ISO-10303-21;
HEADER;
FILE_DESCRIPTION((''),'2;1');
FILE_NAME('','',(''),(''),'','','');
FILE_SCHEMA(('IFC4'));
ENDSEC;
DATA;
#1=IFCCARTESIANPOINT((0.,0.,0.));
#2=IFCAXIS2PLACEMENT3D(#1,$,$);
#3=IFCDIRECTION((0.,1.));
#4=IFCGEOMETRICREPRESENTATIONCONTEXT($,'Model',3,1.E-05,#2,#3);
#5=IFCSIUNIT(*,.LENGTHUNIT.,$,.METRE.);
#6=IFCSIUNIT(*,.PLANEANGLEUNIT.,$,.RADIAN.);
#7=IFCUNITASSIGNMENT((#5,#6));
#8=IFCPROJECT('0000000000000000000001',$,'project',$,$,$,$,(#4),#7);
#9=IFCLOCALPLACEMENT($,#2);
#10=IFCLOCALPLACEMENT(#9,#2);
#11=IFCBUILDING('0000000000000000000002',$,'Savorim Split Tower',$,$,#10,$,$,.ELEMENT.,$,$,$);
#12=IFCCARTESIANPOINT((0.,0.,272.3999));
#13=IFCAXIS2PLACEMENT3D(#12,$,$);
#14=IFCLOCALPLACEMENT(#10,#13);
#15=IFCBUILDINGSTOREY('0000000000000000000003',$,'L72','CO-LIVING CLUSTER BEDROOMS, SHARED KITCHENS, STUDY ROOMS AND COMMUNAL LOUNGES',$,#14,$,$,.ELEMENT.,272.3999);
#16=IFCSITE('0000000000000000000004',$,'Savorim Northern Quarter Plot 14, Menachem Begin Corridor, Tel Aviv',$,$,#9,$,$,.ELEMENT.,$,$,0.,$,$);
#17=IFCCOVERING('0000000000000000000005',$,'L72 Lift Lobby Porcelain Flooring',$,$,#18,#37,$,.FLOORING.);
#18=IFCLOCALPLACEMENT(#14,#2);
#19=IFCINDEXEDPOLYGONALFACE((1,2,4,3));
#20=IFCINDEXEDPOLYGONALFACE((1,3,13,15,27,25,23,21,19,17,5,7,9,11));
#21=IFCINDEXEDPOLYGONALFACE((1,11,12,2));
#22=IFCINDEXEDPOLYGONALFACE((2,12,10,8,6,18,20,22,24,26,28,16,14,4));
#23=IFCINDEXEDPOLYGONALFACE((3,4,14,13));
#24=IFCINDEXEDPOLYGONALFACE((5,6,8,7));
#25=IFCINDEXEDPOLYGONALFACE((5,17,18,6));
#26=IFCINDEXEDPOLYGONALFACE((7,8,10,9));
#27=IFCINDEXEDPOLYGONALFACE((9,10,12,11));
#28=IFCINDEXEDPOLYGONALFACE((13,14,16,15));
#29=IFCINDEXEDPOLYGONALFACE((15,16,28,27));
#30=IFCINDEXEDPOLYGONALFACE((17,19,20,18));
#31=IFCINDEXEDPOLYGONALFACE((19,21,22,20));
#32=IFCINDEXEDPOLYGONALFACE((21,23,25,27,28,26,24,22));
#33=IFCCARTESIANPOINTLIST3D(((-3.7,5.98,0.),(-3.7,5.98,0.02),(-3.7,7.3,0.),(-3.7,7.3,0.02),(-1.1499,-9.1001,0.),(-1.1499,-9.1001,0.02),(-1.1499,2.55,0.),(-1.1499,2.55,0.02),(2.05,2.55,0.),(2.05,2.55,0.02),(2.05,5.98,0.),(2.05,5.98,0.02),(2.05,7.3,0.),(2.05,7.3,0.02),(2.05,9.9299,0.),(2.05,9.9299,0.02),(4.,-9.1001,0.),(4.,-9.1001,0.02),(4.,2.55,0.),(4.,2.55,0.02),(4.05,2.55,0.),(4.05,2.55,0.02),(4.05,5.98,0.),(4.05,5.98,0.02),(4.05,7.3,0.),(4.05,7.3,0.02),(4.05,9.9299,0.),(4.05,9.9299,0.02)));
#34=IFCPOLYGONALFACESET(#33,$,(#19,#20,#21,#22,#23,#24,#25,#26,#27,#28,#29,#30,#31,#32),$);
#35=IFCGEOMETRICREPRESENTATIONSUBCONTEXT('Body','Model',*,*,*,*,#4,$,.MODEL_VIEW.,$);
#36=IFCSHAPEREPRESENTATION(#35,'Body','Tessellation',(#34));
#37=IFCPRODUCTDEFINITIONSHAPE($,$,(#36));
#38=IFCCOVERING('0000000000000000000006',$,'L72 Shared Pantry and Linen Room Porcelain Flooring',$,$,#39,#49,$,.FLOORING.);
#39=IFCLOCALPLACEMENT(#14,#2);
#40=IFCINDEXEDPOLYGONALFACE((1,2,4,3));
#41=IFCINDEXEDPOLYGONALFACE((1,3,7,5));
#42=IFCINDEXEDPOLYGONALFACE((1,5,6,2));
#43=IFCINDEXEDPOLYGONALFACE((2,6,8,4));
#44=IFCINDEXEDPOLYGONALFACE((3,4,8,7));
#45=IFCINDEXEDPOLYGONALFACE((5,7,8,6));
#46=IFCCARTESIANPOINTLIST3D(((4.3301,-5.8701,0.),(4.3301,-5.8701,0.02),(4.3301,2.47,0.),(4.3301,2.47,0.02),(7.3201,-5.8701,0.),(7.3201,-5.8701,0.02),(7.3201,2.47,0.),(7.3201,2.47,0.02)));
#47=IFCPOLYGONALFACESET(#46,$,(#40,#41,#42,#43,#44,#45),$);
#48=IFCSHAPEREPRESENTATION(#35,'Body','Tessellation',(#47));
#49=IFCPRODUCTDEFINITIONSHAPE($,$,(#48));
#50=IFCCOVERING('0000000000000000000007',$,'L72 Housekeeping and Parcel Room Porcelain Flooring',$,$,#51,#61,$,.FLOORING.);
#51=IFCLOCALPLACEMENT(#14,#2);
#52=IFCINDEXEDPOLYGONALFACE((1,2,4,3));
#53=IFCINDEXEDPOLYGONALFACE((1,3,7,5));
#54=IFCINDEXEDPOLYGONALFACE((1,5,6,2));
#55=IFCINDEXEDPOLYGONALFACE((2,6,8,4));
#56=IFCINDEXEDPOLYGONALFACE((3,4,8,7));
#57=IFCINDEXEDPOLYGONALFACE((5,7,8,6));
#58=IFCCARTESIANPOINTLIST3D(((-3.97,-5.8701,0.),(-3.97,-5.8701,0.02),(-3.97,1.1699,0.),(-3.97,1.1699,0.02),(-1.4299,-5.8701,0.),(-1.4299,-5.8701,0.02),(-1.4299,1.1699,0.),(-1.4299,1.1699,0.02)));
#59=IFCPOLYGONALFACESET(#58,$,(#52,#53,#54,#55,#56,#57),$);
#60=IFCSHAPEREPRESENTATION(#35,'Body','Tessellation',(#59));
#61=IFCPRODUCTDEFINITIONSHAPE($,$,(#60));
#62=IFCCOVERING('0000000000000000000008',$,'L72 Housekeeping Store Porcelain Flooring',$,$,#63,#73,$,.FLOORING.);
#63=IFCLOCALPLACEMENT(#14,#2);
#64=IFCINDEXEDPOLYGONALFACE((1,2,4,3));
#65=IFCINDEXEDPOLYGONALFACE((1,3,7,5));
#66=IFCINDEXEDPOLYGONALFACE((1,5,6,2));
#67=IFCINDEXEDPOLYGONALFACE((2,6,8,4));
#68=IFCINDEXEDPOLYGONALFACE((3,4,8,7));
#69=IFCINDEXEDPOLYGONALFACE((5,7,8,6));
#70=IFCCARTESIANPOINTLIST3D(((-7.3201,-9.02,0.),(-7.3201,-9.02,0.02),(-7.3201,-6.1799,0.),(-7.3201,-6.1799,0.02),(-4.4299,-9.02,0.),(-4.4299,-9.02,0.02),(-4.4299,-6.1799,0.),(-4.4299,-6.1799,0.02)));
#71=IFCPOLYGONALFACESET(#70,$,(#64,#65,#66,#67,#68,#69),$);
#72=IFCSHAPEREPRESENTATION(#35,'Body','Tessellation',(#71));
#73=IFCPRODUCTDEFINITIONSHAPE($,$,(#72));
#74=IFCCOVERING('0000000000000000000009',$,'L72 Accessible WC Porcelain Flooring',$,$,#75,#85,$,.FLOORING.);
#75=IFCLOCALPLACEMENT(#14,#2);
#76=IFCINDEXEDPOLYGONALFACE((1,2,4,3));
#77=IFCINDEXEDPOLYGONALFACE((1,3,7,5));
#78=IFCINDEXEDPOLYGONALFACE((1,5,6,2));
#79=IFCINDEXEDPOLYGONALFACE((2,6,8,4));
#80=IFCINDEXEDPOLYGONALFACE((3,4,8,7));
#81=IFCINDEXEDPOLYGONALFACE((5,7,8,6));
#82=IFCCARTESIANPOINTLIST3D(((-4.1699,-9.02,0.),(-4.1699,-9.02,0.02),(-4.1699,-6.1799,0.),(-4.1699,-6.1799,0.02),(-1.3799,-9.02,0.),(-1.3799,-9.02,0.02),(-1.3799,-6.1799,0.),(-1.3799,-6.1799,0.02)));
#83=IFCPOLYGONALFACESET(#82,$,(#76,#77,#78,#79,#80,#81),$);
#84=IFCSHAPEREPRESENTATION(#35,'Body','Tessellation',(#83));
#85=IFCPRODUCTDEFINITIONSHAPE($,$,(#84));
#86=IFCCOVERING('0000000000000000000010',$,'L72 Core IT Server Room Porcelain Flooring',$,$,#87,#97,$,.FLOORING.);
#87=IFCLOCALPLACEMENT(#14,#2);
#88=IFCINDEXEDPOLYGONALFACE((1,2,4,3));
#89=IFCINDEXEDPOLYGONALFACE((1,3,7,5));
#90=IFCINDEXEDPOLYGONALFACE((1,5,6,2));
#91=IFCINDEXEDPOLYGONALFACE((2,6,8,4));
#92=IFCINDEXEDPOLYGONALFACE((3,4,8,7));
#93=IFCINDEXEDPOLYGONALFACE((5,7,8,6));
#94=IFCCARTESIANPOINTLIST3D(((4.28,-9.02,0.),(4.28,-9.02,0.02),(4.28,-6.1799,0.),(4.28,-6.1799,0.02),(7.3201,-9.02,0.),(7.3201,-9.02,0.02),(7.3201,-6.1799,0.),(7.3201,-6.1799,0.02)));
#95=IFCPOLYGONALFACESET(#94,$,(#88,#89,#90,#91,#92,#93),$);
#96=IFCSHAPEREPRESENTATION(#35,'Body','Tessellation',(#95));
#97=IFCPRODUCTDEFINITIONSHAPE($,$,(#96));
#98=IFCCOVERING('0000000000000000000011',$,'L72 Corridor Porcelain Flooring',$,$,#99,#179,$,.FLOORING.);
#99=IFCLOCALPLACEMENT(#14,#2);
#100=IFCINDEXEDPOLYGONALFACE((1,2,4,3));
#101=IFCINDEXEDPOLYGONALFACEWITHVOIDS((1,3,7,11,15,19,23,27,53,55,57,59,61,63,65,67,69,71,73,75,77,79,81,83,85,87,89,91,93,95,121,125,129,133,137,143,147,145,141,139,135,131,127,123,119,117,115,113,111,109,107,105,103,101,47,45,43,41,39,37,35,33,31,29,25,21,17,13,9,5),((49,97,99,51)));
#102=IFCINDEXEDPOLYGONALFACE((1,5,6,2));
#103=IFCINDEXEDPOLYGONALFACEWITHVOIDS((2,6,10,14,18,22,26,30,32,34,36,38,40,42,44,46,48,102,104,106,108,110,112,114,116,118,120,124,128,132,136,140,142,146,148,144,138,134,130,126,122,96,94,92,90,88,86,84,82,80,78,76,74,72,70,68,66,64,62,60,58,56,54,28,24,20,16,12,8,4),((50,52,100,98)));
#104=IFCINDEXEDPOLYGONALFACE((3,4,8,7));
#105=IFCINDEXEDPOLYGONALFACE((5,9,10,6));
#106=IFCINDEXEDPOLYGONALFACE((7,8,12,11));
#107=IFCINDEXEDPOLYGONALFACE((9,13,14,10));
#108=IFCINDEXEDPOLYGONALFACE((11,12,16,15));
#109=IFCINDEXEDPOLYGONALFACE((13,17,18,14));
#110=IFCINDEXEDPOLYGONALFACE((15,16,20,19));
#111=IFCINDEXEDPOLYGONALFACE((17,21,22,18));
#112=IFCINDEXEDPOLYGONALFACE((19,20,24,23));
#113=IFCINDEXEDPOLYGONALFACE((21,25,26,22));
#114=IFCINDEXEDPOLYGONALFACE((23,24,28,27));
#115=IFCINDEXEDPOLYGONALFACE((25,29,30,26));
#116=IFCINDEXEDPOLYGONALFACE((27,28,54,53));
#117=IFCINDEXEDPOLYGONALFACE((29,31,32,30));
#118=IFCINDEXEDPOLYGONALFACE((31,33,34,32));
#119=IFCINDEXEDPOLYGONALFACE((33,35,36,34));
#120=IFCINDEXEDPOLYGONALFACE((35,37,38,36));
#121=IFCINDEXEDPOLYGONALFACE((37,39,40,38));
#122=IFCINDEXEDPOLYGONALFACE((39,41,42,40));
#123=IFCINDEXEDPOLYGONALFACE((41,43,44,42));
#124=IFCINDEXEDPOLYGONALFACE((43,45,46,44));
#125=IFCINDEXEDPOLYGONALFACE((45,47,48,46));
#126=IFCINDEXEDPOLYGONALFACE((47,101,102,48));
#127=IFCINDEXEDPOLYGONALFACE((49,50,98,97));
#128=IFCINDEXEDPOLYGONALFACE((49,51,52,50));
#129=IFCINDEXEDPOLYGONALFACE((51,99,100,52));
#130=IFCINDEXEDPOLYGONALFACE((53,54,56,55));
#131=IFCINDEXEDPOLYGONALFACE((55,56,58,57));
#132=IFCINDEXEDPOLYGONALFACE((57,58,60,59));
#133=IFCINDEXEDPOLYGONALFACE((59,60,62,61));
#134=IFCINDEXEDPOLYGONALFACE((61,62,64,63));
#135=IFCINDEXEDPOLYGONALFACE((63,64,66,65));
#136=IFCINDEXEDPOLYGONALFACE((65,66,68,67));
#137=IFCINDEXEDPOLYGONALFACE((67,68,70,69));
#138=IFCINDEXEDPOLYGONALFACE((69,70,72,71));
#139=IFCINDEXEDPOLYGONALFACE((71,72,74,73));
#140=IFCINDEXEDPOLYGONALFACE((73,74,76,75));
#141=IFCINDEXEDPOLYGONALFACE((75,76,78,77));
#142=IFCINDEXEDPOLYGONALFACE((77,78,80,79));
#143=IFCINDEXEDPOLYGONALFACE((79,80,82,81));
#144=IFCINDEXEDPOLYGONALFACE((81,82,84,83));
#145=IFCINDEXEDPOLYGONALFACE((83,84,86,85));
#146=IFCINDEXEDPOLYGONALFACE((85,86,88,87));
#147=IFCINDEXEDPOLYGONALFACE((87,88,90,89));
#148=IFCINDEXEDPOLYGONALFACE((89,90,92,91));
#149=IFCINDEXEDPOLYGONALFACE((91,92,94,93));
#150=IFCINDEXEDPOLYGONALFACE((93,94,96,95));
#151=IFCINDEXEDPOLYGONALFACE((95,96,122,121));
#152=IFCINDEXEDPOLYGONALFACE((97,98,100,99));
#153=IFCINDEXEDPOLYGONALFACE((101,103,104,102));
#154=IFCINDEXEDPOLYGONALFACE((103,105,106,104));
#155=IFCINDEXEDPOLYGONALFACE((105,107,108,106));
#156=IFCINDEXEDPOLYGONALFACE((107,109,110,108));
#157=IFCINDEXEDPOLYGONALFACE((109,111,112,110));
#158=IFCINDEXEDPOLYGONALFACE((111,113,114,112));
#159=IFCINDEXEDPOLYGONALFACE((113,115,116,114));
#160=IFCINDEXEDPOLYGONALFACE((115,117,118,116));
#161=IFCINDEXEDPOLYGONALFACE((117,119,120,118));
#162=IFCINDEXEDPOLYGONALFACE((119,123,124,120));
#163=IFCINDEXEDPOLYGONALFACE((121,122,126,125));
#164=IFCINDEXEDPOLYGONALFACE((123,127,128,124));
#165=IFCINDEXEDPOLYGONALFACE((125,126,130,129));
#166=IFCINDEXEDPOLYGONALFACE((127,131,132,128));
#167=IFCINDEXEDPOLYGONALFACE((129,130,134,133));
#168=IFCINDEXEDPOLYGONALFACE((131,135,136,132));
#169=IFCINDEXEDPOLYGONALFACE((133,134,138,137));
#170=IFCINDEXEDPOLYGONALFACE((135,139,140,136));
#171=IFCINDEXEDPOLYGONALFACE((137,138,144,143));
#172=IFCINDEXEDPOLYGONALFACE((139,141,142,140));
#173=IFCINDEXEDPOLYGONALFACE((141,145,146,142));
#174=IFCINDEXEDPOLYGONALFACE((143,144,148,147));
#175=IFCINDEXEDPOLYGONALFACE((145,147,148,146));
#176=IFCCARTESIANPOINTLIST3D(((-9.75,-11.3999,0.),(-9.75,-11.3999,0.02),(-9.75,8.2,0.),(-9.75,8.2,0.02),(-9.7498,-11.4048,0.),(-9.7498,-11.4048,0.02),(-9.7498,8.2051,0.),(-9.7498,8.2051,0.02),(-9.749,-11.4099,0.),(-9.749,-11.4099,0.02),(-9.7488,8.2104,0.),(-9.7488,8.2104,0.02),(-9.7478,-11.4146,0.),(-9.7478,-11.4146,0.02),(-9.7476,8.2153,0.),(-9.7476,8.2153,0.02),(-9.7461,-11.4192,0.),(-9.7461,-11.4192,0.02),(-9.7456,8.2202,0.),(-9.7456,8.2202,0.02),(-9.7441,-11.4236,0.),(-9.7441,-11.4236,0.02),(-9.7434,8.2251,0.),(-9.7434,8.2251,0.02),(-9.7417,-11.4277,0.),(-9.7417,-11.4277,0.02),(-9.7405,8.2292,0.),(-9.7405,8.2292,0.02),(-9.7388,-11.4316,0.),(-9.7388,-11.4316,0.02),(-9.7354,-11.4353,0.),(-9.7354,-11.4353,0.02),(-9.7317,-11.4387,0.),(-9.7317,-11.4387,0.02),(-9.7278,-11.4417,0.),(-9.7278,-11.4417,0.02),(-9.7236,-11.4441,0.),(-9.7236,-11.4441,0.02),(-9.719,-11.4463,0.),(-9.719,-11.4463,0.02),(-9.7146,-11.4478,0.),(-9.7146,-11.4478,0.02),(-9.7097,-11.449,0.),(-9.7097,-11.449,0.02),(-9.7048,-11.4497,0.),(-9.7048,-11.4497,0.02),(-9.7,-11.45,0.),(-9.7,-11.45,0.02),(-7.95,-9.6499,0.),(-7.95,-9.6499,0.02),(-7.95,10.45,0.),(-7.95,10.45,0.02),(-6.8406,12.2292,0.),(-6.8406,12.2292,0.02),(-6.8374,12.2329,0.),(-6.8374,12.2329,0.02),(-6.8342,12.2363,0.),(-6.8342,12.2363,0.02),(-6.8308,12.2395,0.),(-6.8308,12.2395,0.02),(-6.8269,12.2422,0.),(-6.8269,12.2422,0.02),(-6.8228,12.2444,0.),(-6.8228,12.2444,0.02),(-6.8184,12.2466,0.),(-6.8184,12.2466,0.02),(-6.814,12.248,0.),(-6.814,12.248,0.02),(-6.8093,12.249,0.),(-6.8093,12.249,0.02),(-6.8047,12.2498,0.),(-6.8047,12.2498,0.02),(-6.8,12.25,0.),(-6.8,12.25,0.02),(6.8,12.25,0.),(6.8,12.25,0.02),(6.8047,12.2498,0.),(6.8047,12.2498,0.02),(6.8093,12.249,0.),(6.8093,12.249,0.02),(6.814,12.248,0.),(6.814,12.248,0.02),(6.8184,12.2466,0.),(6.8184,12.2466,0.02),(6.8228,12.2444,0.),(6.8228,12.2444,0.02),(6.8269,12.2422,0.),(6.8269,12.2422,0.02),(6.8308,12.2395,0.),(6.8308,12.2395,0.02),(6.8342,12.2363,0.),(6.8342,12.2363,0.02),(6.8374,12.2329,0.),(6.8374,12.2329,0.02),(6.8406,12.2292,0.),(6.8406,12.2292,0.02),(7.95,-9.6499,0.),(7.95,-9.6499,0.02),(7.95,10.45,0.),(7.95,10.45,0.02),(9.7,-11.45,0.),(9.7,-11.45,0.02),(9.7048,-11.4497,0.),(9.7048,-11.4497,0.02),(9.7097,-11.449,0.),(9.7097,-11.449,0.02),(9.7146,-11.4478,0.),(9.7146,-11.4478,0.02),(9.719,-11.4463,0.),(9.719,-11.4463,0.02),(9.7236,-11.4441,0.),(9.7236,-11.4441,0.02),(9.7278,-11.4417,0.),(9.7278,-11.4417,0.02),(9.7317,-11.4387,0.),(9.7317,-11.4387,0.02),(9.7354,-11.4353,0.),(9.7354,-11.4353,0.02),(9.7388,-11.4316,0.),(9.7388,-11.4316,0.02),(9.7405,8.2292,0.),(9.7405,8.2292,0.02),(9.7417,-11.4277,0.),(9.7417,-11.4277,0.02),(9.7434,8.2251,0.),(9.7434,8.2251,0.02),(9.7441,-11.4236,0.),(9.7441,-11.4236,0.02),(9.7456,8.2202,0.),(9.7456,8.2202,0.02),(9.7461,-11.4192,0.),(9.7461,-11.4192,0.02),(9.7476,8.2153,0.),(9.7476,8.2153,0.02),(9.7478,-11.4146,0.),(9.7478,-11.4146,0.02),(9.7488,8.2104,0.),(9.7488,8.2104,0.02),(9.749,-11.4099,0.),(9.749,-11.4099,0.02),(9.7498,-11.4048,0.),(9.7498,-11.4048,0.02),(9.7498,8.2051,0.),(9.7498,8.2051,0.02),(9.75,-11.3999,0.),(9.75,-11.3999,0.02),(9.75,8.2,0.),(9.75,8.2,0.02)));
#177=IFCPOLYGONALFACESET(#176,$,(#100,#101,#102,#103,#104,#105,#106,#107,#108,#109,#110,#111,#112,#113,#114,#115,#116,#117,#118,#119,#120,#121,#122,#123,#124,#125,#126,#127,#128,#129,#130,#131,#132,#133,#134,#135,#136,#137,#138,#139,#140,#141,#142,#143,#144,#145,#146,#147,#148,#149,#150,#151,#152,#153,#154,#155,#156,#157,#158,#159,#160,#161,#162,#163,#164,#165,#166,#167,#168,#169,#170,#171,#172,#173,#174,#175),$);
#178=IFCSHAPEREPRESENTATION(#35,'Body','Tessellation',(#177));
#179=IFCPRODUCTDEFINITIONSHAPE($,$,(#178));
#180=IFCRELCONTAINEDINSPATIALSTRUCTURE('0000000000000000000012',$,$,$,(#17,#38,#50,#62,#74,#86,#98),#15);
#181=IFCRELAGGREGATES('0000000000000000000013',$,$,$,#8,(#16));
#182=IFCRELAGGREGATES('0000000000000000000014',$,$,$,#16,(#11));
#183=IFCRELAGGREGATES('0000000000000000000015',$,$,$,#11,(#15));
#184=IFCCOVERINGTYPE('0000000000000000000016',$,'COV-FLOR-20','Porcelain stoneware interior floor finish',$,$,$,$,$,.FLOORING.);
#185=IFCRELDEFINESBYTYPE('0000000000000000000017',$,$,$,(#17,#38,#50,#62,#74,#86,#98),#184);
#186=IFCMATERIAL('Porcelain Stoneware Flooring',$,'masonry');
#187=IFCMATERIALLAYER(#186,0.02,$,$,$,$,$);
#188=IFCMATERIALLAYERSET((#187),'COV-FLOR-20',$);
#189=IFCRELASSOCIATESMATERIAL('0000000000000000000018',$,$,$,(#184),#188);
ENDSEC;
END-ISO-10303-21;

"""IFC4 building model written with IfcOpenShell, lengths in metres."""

from ifc_helpers import new_model, si_unit, direction, frame, origin, place, context, subcontext, project, spatial, polyline, outline, extrude, material, layer, layer_set, type_object, element, save


model = new_model("IFC4")

# Units and contexts
model_context = context("Model", 3, precision=1e-05, world=origin(), true_north=direction((0.0, 1.0)))
body_context = subcontext(model_context, "Body", "Model", "MODEL_VIEW")
ifc_project = project(units=[si_unit("LENGTHUNIT", "METRE"), si_unit("PLANEANGLEUNIT", "RADIAN")], contexts=[model_context])

# Site, building, storey
site_placement = place(None, origin())
site = spatial("IfcSite", under=ifc_project, at=site_placement, Name="Savorim Northern Quarter Plot 14, Menachem Begin Corridor, Tel Aviv", CompositionType="ELEMENT", RefElevation=0.0)
building_placement = place(site_placement, origin())
building = spatial("IfcBuilding", under=site, at=building_placement, Name="Savorim Split Tower", CompositionType="ELEMENT")
storey_placement = place(building_placement, frame((0.0, 0.0, 272.3999)))
storey = spatial("IfcBuildingStorey", under=building, at=storey_placement, Name="L72", Description="CO-LIVING CLUSTER BEDROOMS, SHARED KITCHENS, STUDY ROOMS AND COMMUNAL LOUNGES", CompositionType="ELEMENT", Elevation=272.3999)

# Coverings
ifc_material_1 = material(Name="Porcelain Stoneware Flooring", Category="masonry")
ifc_layer_1 = layer(ifc_material_1, 0.02)
ifc_layer_set_1 = layer_set([ifc_layer_1], Name="COV-FLOR-20")
covering_type_1 = type_object("IfcCoveringType", Name="COV-FLOR-20", Description="Porcelain stoneware interior floor finish", PredefinedType="FLOORING", material=ifc_layer_set_1)
covering_1_placement = place(storey_placement, origin())
element("IfcCovering", 1, at=covering_1_placement, inside=storey, type_object=covering_type_1, Name="L72 Lift Lobby Porcelain Flooring", PredefinedType="FLOORING", context=body_context, shape_type="SweptSolid", body=[
    extrude(outline(polyline([(2.05, 2.55), (-1.1499, 2.55), (-1.1499, -9.1001), (4.0, -9.1001), (4.0, 2.55), (4.05, 2.55), (4.05, 5.98), (4.05, 7.3), (4.05, 9.9299), (2.05, 9.9299), (2.05, 7.3), (-3.7, 7.3), (-3.7, 5.98), (2.05, 5.98), (2.05, 2.55)])), origin(), (0.0, 0.0, 1.0), 0.02),
])
covering_2_placement = place(storey_placement, origin())
element("IfcCovering", 2, at=covering_2_placement, inside=storey, type_object=covering_type_1, Name="L72 Shared Pantry and Linen Room Porcelain Flooring", PredefinedType="FLOORING", context=body_context, shape_type="SweptSolid", body=[
    extrude(outline(polyline([(4.3301, 2.47), (4.3301, -5.8701), (7.3201, -5.8701), (7.3201, 2.47), (4.3301, 2.47)])), origin(), (0.0, 0.0, 1.0), 0.02),
])
covering_3_placement = place(storey_placement, origin())
element("IfcCovering", 3, at=covering_3_placement, inside=storey, type_object=covering_type_1, Name="L72 Housekeeping and Parcel Room Porcelain Flooring", PredefinedType="FLOORING", context=body_context, shape_type="SweptSolid", body=[
    extrude(outline(polyline([(-3.97, 1.1699), (-3.97, -5.8701), (-1.4299, -5.8701), (-1.4299, 1.1699), (-3.97, 1.1699)])), origin(), (0.0, 0.0, 1.0), 0.02),
])
covering_4_placement = place(storey_placement, origin())
element("IfcCovering", 4, at=covering_4_placement, inside=storey, type_object=covering_type_1, Name="L72 Housekeeping Store Porcelain Flooring", PredefinedType="FLOORING", context=body_context, shape_type="SweptSolid", body=[
    extrude(outline(polyline([(-7.3201, -6.1799), (-7.3201, -9.02), (-4.4299, -9.02), (-4.4299, -6.1799), (-7.3201, -6.1799)])), origin(), (0.0, 0.0, 1.0), 0.02),
])
covering_5_placement = place(storey_placement, origin())
element("IfcCovering", 5, at=covering_5_placement, inside=storey, type_object=covering_type_1, Name="L72 Accessible WC Porcelain Flooring", PredefinedType="FLOORING", context=body_context, shape_type="SweptSolid", body=[
    extrude(outline(polyline([(-4.1699, -6.1799), (-4.1699, -9.02), (-1.3799, -9.02), (-1.3799, -6.1799), (-4.1699, -6.1799)])), origin(), (0.0, 0.0, 1.0), 0.02),
])
covering_6_placement = place(storey_placement, origin())
element("IfcCovering", 6, at=covering_6_placement, inside=storey, type_object=covering_type_1, Name="L72 Core IT Server Room Porcelain Flooring", PredefinedType="FLOORING", context=body_context, shape_type="SweptSolid", body=[
    extrude(outline(polyline([(4.28, -6.1799), (4.28, -9.02), (7.3201, -9.02), (7.3201, -6.1799), (4.28, -6.1799)])), origin(), (0.0, 0.0, 1.0), 0.02),
])
covering_7_placement = place(storey_placement, origin())
element("IfcCovering", 7, at=covering_7_placement, inside=storey, type_object=covering_type_1, Name="L72 Corridor Porcelain Flooring", PredefinedType="FLOORING", context=body_context, shape_type="SweptSolid", body=[
    extrude(outline(polyline([(6.8093, 12.249), (6.8047, 12.2498), (6.8, 12.25), (-6.8, 12.25), (-6.8047, 12.2498), (-6.8093, 12.249), (-6.814, 12.248), (-6.8184, 12.2466), (-6.8228, 12.2444), (-6.8269, 12.2422), (-6.8308, 12.2395), (-6.8342, 12.2363), (-6.8374, 12.2329), (-6.8406, 12.2292), (-9.7405, 8.2292), (-9.7434, 8.2251), (-9.7456, 8.2202), (-9.7476, 8.2153), (-9.7488, 8.2104), (-9.7498, 8.2051), (-9.75, 8.2), (-9.75, -11.3999), (-9.7498, -11.4048), (-9.749, -11.4099), (-9.7478, -11.4146), (-9.7461, -11.4192), (-9.7441, -11.4236), (-9.7417, -11.4277), (-9.7388, -11.4316), (-9.7354, -11.4353), (-9.7317, -11.4387), (-9.7278, -11.4417), (-9.7236, -11.4441), (-9.719, -11.4463), (-9.7146, -11.4478), (-9.7097, -11.449), (-9.7048, -11.4497), (-9.7, -11.45), (9.7, -11.45), (9.7048, -11.4497), (9.7097, -11.449), (9.7146, -11.4478), (9.719, -11.4463), (9.7236, -11.4441), (9.7278, -11.4417), (9.7317, -11.4387), (9.7354, -11.4353), (9.7388, -11.4316), (9.7417, -11.4277), (9.7441, -11.4236), (9.7461, -11.4192), (9.7478, -11.4146), (9.749, -11.4099), (9.7498, -11.4048), (9.75, -11.3999), (9.75, 8.2), (9.7498, 8.2051), (9.7488, 8.2104), (9.7476, 8.2153), (9.7456, 8.2202), (9.7434, 8.2251), (9.7405, 8.2292), (6.8406, 12.2292), (6.8374, 12.2329), (6.8342, 12.2363), (6.8308, 12.2395), (6.8269, 12.2422), (6.8228, 12.2444), (6.8184, 12.2466), (6.814, 12.248), (6.8093, 12.249)]), holes=[polyline([(-7.95, 10.45), (-7.95, -9.6499), (7.95, -9.6499), (7.95, 10.45), (-7.95, 10.45)])]), origin(), (0.0, 0.0, 1.0), 0.02),
])

save(model, "model.ifc")
